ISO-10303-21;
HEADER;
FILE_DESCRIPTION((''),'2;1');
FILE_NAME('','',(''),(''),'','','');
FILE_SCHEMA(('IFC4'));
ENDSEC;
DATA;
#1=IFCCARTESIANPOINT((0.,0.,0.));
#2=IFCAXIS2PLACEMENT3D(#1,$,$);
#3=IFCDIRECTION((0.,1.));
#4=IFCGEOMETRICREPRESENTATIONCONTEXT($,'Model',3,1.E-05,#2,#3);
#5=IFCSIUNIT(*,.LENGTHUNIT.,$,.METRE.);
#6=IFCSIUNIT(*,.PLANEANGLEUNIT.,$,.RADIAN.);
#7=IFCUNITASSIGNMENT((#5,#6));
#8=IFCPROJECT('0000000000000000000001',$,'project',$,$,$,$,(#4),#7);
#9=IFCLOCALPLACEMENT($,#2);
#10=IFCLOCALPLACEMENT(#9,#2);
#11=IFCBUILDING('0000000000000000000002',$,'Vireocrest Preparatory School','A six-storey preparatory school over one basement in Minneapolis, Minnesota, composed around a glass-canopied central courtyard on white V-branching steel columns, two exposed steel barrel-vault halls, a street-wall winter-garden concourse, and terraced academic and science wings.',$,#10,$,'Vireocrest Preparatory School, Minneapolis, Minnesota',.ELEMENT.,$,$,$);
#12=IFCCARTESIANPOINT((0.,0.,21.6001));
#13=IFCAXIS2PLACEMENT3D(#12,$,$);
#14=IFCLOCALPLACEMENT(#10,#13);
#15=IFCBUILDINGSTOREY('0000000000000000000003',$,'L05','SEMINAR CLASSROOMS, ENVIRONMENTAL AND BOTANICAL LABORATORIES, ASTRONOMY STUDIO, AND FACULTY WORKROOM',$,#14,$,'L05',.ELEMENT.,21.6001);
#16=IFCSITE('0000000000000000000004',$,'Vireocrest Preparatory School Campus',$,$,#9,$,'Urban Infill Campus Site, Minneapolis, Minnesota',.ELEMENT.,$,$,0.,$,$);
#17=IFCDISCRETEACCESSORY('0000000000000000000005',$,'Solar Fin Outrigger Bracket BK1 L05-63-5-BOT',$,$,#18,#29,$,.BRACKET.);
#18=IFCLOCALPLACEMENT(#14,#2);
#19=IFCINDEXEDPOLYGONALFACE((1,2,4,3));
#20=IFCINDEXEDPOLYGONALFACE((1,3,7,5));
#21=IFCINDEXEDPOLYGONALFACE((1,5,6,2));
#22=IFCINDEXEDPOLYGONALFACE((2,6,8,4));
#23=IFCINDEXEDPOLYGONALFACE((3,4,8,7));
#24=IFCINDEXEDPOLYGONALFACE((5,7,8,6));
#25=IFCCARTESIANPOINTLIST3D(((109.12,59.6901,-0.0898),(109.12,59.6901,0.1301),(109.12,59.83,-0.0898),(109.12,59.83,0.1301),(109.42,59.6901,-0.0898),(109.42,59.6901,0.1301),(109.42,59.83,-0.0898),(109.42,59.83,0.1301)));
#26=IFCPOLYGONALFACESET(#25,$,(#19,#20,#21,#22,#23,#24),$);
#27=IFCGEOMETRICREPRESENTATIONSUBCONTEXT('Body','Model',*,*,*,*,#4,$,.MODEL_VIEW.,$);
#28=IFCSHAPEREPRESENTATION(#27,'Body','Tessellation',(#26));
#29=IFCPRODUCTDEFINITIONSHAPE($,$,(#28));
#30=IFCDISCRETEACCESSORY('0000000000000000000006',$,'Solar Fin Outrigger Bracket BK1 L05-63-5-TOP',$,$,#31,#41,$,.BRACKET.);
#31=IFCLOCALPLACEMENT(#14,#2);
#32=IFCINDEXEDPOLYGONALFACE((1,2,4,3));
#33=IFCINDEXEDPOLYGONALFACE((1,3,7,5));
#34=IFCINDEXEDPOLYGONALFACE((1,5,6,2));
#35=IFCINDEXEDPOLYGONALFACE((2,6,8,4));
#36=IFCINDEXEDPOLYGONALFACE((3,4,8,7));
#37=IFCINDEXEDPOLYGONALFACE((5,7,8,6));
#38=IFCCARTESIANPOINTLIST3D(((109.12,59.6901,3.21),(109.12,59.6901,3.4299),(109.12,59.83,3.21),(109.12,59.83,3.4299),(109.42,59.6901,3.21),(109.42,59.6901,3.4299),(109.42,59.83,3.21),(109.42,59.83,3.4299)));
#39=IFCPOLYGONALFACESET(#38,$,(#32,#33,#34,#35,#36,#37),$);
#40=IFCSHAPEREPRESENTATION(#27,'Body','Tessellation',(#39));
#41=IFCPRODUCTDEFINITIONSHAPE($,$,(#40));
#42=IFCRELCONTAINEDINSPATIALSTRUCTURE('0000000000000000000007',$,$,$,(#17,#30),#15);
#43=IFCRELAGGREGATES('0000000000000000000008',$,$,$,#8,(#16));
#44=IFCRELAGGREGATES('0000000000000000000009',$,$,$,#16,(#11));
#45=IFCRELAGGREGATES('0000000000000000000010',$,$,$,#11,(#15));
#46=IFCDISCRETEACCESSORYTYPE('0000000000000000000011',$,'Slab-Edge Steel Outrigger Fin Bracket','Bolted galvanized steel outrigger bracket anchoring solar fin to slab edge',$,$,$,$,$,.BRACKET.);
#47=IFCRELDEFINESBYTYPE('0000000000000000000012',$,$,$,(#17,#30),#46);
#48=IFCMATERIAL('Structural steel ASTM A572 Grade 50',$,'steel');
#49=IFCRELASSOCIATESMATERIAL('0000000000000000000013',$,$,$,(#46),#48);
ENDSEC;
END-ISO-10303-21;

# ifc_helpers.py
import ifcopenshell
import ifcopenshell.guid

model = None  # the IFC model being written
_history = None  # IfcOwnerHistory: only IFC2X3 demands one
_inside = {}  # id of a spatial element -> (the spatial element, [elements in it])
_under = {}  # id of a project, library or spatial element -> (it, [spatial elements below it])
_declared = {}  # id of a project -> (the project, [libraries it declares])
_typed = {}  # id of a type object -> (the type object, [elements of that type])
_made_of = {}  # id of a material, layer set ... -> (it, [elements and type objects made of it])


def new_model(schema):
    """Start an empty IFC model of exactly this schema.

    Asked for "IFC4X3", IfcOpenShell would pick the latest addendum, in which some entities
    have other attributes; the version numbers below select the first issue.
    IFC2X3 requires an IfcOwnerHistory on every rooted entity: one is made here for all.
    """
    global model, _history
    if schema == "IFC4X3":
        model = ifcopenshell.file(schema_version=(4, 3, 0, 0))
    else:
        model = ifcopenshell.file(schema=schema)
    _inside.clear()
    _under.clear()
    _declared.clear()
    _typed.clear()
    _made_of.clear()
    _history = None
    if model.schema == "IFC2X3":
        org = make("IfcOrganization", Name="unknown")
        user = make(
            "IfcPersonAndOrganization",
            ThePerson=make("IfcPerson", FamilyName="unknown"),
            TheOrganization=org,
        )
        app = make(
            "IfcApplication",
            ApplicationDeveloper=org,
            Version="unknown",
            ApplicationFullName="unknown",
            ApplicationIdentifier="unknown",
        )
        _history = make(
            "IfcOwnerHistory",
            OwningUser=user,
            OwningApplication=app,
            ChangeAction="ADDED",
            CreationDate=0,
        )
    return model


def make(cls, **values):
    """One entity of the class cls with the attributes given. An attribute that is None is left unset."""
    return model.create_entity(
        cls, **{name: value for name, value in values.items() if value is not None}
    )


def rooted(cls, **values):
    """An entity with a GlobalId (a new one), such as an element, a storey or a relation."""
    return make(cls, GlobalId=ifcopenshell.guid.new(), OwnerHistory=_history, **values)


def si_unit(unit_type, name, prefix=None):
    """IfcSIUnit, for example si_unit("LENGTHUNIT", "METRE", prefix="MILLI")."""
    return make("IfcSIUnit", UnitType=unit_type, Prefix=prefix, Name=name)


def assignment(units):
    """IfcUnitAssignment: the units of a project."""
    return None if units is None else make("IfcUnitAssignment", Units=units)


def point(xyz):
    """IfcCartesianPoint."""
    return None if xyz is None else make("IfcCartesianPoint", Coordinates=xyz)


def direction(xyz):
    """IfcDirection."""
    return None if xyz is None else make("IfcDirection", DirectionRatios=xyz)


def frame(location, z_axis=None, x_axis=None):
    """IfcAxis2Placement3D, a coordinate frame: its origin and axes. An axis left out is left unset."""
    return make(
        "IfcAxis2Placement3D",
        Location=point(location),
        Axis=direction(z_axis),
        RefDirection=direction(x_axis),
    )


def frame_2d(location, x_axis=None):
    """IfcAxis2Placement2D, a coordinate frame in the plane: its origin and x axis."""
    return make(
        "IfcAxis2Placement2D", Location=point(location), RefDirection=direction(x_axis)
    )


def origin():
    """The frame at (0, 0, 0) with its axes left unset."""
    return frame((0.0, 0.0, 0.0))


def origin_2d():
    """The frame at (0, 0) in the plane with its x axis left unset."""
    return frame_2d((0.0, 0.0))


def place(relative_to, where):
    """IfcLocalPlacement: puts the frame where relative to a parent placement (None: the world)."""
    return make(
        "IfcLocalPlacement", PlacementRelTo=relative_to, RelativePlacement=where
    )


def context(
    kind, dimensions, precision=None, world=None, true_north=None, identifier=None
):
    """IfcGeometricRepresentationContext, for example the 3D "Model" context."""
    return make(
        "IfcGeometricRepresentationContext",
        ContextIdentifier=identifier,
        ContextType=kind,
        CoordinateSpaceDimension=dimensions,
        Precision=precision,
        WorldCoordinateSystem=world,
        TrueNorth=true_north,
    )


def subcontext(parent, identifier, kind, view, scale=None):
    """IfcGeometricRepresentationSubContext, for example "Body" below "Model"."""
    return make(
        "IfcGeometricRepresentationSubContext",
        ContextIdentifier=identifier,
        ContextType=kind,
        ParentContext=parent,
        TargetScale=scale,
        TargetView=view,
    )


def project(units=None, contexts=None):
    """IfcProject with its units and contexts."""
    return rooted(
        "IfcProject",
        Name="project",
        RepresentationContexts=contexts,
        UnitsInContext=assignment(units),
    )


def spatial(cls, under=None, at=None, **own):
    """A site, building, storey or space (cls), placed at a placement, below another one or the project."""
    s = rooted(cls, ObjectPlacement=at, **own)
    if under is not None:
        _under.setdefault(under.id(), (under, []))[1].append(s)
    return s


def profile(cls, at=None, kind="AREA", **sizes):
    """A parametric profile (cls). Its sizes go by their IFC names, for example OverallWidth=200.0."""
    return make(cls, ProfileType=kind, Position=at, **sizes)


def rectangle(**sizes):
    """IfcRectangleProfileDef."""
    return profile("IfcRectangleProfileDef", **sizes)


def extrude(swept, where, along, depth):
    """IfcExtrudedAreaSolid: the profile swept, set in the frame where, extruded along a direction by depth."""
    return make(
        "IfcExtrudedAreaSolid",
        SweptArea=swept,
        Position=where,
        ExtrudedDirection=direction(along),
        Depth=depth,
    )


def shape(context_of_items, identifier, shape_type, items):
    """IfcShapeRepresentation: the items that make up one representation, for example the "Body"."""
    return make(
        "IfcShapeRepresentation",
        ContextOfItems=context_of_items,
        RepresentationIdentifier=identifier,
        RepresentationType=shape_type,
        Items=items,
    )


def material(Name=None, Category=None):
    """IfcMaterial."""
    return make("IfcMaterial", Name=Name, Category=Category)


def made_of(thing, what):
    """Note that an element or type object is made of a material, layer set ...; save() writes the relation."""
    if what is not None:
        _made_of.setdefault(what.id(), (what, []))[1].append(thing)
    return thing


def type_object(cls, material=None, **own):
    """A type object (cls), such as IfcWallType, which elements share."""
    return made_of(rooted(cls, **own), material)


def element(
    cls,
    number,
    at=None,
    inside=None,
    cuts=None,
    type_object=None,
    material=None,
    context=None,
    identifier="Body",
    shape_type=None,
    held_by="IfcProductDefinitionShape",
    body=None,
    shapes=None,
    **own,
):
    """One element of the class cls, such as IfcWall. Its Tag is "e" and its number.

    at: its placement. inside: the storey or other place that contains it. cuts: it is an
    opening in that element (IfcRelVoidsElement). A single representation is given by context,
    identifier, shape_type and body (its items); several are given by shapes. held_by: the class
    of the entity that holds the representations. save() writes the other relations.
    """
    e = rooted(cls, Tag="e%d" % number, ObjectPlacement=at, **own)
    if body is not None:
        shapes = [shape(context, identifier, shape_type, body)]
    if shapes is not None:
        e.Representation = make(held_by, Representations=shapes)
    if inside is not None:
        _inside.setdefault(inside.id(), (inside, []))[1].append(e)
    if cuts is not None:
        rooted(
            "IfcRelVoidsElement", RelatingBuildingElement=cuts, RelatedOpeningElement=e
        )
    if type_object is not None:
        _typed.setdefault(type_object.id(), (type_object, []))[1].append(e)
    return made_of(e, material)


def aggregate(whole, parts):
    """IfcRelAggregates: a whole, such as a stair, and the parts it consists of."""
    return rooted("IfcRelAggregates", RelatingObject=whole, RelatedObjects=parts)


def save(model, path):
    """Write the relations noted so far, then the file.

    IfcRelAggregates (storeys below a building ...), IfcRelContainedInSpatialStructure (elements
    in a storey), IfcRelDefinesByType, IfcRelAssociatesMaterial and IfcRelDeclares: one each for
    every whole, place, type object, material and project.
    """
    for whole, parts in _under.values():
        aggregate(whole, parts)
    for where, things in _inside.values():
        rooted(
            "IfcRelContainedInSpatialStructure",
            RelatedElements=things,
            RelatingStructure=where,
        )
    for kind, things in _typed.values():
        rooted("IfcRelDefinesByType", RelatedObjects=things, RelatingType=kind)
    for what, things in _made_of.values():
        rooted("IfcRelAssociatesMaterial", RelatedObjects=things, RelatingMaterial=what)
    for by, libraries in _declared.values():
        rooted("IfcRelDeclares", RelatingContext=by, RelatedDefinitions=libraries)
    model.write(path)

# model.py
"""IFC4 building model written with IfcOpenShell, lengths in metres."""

from ifc_helpers import new_model, si_unit, direction, frame, origin, origin_2d, place, context, subcontext, project, spatial, rectangle, extrude, material, type_object, element, save


model = new_model("IFC4")

# Units and contexts
model_context = context("Model", 3, precision=1e-05, world=origin(), true_north=direction((0.0, 1.0)))
body_context = subcontext(model_context, "Body", "Model", "MODEL_VIEW")
ifc_project = project(units=[si_unit("LENGTHUNIT", "METRE"), si_unit("PLANEANGLEUNIT", "RADIAN")], contexts=[model_context])

# Site, building, storey
site_placement = place(None, origin())
site = spatial("IfcSite", under=ifc_project, at=site_placement, Name="Vireocrest Preparatory School Campus", LongName="Urban Infill Campus Site, Minneapolis, Minnesota", CompositionType="ELEMENT", RefElevation=0.0)
building_placement = place(site_placement, origin())
building = spatial("IfcBuilding", under=site, at=building_placement, Name="Vireocrest Preparatory School", Description="A six-storey preparatory school over one basement in Minneapolis, Minnesota, composed around a glass-canopied central courtyard on white V-branching steel columns, two exposed steel barrel-vault halls, a street-wall winter-garden concourse, and terraced academic and science wings.", LongName="Vireocrest Preparatory School, Minneapolis, Minnesota", CompositionType="ELEMENT")
storey_placement = place(building_placement, frame((0.0, 0.0, 21.6001)))
storey = spatial("IfcBuildingStorey", under=building, at=storey_placement, Name="L05", Description="SEMINAR CLASSROOMS, ENVIRONMENTAL AND BOTANICAL LABORATORIES, ASTRONOMY STUDIO, AND FACULTY WORKROOM", LongName="L05", CompositionType="ELEMENT", Elevation=21.6001)

# Discrete accessories
ifc_material_1 = material(Name="Structural steel ASTM A572 Grade 50", Category="steel")
discrete_accessory_type = type_object("IfcDiscreteAccessoryType", Name="Slab-Edge Steel Outrigger Fin Bracket", Description="Bolted galvanized steel outrigger bracket anchoring solar fin to slab edge", PredefinedType="BRACKET", material=ifc_material_1)
for number, where, z_axis, x_axis, name in (
    (1, (109.27, 59.76, -0.0898), (0.0, 0.0, 1.0), (0.0, -1.0, 0.0), "Solar Fin Outrigger Bracket BK1 L05-63-5-BOT"),
    (2, (109.27, 59.76, 3.21), (0.0, 0.0, 1.0), (0.0, -1.0, 0.0), "Solar Fin Outrigger Bracket BK1 L05-63-5-TOP"),
):
    element("IfcDiscreteAccessory", number, at=place(storey_placement, frame(where, z_axis=z_axis, x_axis=x_axis)), inside=storey, type_object=discrete_accessory_type, Name=name, PredefinedType="BRACKET", context=body_context, shape_type="SweptSolid", body=[
        extrude(rectangle(XDim=0.1399, YDim=0.3, at=origin_2d()), origin(), (0.0, 0.0, 1.0), 0.22),
    ])

save(model, "model.ifc")
